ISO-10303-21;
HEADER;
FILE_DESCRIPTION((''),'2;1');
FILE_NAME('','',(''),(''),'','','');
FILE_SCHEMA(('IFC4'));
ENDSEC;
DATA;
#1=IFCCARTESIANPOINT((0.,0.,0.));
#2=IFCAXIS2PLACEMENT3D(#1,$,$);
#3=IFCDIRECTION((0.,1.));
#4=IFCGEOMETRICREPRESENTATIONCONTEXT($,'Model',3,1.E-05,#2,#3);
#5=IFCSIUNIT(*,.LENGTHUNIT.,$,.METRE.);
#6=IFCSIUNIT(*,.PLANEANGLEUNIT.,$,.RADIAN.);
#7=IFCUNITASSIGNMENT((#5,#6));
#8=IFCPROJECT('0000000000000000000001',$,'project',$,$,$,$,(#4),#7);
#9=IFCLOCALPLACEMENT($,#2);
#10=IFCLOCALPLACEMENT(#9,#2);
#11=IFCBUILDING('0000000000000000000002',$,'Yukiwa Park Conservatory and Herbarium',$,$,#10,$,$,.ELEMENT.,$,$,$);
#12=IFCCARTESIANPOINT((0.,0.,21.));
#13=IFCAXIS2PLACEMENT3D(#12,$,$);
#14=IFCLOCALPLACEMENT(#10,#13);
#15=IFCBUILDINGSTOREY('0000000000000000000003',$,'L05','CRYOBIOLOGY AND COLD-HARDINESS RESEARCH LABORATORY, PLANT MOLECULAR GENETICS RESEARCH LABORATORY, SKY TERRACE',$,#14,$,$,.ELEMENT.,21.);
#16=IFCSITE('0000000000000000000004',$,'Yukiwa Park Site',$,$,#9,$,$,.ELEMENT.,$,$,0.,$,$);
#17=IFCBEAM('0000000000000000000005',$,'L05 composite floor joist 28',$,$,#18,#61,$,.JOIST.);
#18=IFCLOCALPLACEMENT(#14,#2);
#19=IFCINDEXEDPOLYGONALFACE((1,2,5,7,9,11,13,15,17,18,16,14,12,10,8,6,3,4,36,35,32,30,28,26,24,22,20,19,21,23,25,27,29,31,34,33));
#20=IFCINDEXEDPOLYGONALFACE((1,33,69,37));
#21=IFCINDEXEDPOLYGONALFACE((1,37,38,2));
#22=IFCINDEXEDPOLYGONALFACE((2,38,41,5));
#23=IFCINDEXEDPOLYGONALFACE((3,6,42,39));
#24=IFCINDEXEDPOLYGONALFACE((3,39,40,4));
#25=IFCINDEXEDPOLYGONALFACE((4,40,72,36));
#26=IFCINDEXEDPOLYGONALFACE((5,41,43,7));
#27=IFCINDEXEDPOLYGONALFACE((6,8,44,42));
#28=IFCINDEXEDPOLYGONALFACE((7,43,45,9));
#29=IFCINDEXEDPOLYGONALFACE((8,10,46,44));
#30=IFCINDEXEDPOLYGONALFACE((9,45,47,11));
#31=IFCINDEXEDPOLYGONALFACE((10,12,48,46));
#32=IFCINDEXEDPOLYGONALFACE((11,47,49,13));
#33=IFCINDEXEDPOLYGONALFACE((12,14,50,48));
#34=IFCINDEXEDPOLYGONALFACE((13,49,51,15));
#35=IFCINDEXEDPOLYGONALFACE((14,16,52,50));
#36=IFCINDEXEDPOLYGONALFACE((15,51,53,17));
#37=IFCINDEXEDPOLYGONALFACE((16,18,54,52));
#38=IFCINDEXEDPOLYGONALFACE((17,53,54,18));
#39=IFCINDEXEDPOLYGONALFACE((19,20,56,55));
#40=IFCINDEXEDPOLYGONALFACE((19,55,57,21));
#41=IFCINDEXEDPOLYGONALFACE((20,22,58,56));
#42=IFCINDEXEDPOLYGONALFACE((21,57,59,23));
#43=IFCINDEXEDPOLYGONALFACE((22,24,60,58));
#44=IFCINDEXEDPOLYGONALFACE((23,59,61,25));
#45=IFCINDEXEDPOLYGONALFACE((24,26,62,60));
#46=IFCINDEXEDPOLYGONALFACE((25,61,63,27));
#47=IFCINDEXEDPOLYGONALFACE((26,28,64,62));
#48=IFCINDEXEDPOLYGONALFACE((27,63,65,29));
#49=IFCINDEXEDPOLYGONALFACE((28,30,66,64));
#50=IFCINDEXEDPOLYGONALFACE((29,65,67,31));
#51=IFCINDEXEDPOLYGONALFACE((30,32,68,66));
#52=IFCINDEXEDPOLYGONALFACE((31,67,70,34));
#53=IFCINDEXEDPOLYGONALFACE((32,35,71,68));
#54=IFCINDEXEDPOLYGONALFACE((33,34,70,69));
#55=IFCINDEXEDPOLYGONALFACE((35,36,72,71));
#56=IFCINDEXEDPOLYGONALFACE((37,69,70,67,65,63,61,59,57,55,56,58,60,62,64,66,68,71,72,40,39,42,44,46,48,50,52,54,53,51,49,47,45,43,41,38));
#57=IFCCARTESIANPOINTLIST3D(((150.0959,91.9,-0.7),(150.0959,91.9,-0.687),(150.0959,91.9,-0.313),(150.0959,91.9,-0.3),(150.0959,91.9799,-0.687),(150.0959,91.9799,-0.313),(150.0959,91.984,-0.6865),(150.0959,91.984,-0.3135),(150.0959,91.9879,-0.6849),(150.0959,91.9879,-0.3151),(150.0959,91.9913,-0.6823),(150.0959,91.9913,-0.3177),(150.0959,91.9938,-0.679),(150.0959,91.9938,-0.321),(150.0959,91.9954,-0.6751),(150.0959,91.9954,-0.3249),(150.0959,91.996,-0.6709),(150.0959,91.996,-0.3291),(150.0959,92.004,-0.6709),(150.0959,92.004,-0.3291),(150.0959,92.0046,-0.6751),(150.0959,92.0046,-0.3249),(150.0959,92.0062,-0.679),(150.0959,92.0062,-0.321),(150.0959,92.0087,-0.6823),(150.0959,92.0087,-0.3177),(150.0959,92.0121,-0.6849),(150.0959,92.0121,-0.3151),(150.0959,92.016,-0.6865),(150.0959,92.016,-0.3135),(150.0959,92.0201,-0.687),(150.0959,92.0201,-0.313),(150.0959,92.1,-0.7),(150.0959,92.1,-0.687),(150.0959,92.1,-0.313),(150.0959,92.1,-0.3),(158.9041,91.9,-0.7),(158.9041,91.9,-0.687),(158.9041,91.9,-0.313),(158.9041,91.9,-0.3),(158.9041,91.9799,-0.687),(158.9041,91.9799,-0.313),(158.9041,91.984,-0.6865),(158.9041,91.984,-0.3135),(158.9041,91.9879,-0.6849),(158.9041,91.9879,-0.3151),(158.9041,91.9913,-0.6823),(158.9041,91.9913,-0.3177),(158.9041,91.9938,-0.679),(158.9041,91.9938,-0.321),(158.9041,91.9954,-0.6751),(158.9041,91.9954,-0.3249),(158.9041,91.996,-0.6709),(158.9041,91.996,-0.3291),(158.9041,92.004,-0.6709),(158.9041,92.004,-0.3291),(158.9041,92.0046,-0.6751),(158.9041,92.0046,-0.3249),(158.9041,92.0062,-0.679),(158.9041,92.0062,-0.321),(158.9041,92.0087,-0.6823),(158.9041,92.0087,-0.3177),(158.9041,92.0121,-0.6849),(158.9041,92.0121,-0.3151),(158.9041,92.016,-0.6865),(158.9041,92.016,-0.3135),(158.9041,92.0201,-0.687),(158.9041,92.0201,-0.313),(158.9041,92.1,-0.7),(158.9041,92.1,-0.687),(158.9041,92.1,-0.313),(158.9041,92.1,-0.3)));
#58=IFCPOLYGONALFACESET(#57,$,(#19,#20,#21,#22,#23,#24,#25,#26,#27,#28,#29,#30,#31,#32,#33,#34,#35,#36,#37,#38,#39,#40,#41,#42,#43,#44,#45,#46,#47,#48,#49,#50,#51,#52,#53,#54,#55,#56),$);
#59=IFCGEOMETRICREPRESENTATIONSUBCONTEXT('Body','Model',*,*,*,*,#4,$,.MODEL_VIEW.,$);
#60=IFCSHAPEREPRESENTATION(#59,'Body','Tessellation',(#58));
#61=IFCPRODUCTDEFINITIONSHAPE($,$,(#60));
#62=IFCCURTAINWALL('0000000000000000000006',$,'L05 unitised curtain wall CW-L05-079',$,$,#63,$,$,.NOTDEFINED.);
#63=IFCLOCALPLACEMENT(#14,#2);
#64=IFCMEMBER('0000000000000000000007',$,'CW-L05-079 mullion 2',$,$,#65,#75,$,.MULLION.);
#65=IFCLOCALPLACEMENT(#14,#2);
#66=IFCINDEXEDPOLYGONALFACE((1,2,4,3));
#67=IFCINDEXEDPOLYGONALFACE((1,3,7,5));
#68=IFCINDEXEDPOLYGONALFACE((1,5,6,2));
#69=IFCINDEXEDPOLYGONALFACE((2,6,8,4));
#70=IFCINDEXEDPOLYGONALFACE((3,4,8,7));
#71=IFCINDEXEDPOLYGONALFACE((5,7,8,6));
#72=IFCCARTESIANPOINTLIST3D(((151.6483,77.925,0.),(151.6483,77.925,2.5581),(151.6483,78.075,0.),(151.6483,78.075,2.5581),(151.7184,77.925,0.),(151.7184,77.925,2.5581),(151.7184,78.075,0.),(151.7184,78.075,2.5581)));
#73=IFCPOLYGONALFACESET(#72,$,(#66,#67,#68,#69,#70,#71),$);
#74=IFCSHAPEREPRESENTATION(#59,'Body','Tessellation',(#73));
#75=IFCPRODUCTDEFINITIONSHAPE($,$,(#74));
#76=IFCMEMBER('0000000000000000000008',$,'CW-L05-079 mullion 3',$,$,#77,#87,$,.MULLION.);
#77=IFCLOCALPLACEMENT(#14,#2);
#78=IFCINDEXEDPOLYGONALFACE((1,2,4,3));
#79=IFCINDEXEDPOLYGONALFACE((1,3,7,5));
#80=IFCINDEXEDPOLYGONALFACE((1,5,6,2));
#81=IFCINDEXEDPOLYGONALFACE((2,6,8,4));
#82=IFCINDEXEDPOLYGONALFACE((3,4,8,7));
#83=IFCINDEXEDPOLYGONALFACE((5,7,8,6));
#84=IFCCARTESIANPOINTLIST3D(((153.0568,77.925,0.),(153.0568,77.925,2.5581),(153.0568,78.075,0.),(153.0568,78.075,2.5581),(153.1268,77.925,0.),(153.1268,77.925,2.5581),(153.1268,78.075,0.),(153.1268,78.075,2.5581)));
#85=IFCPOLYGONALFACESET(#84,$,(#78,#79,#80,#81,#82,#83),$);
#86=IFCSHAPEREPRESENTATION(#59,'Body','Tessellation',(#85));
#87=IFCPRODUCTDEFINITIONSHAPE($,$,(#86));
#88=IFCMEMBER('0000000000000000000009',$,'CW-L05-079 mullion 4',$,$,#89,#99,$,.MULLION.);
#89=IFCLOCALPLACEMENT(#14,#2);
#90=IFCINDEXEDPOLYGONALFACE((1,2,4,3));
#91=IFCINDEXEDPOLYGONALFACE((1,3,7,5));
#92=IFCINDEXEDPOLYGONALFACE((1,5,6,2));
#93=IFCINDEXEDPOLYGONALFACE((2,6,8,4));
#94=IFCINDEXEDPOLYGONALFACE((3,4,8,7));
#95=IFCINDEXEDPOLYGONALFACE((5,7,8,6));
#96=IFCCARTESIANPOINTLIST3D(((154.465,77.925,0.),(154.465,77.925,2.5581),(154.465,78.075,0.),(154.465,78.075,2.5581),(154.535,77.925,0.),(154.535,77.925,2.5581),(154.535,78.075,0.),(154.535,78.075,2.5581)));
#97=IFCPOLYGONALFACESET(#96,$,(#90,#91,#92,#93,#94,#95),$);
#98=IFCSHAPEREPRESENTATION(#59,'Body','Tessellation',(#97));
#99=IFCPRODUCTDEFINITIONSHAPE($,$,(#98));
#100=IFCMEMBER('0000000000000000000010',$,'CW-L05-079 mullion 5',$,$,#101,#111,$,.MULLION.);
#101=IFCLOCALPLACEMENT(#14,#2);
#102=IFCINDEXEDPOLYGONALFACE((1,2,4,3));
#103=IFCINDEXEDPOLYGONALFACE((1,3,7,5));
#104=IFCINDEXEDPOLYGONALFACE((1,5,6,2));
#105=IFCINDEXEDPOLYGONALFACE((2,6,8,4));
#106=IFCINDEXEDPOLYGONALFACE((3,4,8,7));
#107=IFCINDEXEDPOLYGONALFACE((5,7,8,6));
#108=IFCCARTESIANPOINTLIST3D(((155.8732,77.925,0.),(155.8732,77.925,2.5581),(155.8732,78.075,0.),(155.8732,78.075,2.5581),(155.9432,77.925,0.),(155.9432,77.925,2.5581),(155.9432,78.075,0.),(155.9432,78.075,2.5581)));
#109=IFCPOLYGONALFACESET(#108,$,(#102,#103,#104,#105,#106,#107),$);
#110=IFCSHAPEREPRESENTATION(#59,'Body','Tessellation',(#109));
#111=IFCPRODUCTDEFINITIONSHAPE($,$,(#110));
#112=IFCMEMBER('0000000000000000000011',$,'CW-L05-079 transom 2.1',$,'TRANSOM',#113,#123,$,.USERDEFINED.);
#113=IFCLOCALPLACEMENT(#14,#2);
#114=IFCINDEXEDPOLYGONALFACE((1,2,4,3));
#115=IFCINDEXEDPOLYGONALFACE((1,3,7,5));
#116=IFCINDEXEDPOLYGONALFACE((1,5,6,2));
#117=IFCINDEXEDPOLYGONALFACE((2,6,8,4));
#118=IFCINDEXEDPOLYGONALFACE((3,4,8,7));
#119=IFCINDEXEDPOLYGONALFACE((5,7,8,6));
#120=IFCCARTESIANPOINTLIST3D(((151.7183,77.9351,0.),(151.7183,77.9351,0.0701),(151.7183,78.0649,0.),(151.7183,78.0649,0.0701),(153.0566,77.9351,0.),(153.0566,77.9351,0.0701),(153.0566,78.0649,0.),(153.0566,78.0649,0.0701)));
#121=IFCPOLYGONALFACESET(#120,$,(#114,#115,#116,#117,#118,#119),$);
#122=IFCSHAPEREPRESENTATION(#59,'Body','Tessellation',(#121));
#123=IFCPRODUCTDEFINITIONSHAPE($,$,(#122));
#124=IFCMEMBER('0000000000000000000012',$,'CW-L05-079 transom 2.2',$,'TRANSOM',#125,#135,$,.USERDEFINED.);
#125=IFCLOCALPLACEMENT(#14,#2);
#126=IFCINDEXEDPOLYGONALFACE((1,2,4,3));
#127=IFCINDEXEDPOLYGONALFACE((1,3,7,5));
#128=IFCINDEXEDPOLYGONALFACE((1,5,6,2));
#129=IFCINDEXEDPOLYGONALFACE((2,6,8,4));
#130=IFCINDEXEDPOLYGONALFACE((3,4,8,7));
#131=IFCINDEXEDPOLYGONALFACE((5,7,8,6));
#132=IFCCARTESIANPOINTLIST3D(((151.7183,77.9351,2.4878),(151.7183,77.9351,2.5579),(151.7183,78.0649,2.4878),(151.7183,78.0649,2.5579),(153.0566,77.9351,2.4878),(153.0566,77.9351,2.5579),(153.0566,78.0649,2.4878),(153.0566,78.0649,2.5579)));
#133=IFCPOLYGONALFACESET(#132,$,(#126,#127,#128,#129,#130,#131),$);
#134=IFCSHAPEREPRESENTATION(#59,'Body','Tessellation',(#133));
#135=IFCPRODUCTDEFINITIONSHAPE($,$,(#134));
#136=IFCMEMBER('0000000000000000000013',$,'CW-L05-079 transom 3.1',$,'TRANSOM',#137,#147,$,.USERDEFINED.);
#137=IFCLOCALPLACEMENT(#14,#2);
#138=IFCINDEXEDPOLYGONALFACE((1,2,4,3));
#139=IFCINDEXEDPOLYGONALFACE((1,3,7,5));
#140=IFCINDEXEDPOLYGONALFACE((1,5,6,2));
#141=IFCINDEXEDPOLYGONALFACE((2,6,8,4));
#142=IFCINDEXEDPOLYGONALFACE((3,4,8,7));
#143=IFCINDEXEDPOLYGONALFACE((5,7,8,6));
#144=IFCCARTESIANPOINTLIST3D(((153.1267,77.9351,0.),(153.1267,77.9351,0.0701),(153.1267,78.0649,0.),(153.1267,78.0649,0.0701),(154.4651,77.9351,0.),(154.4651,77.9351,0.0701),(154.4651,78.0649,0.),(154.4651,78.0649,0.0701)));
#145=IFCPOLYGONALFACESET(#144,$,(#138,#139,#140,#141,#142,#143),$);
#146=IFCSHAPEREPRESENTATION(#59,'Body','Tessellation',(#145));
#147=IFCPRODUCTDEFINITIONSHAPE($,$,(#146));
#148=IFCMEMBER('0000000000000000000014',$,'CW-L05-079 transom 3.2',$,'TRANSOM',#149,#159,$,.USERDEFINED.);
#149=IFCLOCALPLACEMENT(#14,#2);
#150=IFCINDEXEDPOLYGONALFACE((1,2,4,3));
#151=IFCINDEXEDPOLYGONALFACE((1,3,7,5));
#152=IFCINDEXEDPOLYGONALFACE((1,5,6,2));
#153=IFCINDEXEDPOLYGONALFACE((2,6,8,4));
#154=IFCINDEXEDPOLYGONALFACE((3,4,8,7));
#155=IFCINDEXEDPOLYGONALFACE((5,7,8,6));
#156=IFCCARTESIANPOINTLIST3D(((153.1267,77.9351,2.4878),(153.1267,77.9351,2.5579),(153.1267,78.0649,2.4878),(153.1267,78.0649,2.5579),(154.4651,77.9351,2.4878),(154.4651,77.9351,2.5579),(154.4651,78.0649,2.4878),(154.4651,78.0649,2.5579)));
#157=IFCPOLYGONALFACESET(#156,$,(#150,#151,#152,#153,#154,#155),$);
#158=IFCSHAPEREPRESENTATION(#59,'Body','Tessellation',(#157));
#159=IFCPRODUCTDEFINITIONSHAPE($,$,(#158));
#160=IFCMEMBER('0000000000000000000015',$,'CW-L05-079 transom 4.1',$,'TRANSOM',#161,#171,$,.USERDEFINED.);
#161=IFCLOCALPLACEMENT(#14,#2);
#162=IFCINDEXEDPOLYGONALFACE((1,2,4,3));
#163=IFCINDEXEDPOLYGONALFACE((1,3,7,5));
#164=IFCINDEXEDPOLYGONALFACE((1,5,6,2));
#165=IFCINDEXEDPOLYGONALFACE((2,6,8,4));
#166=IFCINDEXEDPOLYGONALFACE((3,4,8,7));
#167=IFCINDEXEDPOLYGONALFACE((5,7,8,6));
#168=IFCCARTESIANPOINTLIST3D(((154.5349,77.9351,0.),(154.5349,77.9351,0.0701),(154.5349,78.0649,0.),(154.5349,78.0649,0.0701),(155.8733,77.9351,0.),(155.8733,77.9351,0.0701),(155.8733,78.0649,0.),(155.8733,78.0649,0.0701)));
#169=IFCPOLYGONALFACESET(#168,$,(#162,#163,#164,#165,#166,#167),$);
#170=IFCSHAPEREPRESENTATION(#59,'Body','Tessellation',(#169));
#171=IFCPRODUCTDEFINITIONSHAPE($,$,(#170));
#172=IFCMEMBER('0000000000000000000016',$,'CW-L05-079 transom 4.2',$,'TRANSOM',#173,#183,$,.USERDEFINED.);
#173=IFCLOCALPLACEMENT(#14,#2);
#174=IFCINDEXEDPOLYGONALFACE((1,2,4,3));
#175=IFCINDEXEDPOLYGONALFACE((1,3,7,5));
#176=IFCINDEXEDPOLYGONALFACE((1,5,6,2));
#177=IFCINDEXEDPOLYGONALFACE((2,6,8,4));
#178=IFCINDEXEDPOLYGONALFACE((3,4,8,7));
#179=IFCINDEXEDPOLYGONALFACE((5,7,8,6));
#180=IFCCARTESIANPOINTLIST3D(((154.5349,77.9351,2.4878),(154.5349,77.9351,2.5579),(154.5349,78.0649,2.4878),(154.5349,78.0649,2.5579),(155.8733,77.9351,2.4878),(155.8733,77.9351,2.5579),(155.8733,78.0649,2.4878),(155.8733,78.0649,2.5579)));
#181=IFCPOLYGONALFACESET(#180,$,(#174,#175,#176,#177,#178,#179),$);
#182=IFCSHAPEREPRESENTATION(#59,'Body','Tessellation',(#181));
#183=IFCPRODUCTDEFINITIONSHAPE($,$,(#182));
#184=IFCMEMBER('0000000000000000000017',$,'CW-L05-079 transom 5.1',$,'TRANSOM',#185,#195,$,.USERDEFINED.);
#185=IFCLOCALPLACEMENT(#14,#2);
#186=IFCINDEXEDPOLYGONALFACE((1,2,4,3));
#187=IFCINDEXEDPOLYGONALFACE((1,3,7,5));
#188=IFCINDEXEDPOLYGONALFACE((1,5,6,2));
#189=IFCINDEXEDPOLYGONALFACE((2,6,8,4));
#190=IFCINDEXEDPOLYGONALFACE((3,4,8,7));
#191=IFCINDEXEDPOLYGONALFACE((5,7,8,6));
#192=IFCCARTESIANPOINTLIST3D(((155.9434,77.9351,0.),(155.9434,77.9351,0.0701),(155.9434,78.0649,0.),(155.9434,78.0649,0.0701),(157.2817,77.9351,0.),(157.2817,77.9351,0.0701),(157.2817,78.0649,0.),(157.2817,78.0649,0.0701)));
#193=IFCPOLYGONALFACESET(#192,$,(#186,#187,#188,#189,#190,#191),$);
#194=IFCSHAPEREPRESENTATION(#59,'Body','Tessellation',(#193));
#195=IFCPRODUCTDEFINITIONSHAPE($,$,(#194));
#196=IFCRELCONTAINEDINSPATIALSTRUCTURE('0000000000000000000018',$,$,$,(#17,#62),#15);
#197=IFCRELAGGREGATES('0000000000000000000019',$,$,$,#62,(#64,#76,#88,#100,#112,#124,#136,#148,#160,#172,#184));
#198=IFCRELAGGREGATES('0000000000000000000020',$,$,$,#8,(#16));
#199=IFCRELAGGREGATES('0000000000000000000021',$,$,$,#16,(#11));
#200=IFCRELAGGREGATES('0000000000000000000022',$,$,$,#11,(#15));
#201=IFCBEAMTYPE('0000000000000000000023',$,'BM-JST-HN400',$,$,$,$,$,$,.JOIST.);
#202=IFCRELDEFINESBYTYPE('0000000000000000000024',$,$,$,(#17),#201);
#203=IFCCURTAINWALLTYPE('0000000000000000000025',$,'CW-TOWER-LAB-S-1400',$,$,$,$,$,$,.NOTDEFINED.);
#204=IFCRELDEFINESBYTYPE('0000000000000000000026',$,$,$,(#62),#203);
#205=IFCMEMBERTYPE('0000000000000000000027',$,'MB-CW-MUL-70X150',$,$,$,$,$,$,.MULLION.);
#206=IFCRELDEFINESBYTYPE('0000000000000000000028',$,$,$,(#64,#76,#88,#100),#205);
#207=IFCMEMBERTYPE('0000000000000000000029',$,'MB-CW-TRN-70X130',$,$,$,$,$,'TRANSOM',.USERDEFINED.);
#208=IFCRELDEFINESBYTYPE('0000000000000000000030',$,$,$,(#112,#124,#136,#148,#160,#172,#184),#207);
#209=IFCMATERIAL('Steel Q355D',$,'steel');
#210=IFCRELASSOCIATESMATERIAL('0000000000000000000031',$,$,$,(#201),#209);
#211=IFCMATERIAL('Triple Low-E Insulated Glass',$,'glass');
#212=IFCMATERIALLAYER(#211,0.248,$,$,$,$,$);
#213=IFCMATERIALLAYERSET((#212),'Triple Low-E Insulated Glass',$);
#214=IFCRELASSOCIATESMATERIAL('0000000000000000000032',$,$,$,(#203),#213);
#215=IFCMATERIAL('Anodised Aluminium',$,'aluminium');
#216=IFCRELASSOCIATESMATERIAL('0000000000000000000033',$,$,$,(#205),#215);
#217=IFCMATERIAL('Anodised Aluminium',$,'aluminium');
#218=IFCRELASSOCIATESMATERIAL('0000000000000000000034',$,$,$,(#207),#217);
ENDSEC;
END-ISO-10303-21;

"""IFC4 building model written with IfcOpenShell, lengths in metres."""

from ifc_helpers import new_model, si_unit, direction, frame, origin, origin_2d, place, context, subcontext, project, spatial, rectangle, i_section, extrude, material, layer, layer_set, material_profile, profile_set, type_object, element, aggregate, save


model = new_model("IFC4")

# Units and contexts
model_context = context("Model", 3, precision=1e-05, world=origin(), true_north=direction((0.0, 1.0)))
body_context = subcontext(model_context, "Body", "Model", "MODEL_VIEW")
ifc_project = project(units=[si_unit("LENGTHUNIT", "METRE"), si_unit("PLANEANGLEUNIT", "RADIAN")], contexts=[model_context])

# Site, building, storey
site_placement = place(None, origin())
site = spatial("IfcSite", under=ifc_project, at=site_placement, Name="Yukiwa Park Site", CompositionType="ELEMENT", RefElevation=0.0)
building_placement = place(site_placement, origin())
building = spatial("IfcBuilding", under=site, at=building_placement, Name="Yukiwa Park Conservatory and Herbarium", CompositionType="ELEMENT")
storey_placement = place(building_placement, frame((0.0, 0.0, 21.0)))
storey = spatial("IfcBuildingStorey", under=building, at=storey_placement, Name="L05", Description="CRYOBIOLOGY AND COLD-HARDINESS RESEARCH LABORATORY, PLANT MOLECULAR GENETICS RESEARCH LABORATORY, SKY TERRACE", CompositionType="ELEMENT", Elevation=21.0)

# Beam
ifc_material_1 = material(Name="Steel Q355D", Category="steel")
ifc_material_profile_1 = material_profile(ifc_material_1, i_section(OverallWidth=0.2, OverallDepth=0.3999, WebThickness=0.0081, FlangeThickness=0.0129, FilletRadius=0.0161, at=origin_2d()), Name="HN 400x200x8x13")
ifc_profile_set_1 = profile_set([ifc_material_profile_1], Name="Steel Q355D")
beam_type_1 = type_object("IfcBeamType", Name="BM-JST-HN400", PredefinedType="JOIST", material=ifc_profile_set_1)
for number, where, z_axis, x_axis, name in (
    (1, (150.0959, 92.0, -0.5), (1.0, 0.0, 0.0), (0.0, 1.0, 0.0), "L05 composite floor joist 28"),
):
    element("IfcBeam", number, at=place(storey_placement, frame(where, z_axis=z_axis, x_axis=x_axis)), inside=storey, type_object=beam_type_1, Name=name, PredefinedType="JOIST", context=body_context, shape_type="SweptSolid", body=[
        extrude(i_section(OverallWidth=0.2, OverallDepth=0.3999, WebThickness=0.0081, FlangeThickness=0.0129, FilletRadius=0.0161, at=origin_2d()), origin(), (0.0, 0.0, 1.0), 8.8081),
    ])

# Curtain wall, members
ifc_material_2 = material(Name="Triple Low-E Insulated Glass", Category="glass")
ifc_layer_1 = layer(ifc_material_2, 0.248)
ifc_layer_set_1 = layer_set([ifc_layer_1], Name="Triple Low-E Insulated Glass")
curtain_wall_type = type_object("IfcCurtainWallType", Name="CW-TOWER-LAB-S-1400", PredefinedType="NOTDEFINED", material=ifc_layer_set_1)
curtain_wall_placement = place(storey_placement, origin())
curtain_wall = element("IfcCurtainWall", 2, at=curtain_wall_placement, inside=storey, type_object=curtain_wall_type, Name="L05 unitised curtain wall CW-L05-079", PredefinedType="NOTDEFINED")
ifc_material_3 = material(Name="Anodised Aluminium", Category="aluminium")
member_type_1 = type_object("IfcMemberType", Name="MB-CW-MUL-70X150", PredefinedType="MULLION", material=ifc_material_3)
member_1_placement = place(storey_placement, frame((151.6833, 78.0, 0.0), z_axis=(0.0, 0.0, 1.0), x_axis=(1.0, 0.0, 0.0)))
member_1 = element("IfcMember", 3, at=member_1_placement, type_object=member_type_1, Name="CW-L05-079 mullion 2", PredefinedType="MULLION", context=body_context, shape_type="SweptSolid", body=[
    extrude(rectangle(XDim=0.0701, YDim=0.1499, at=origin_2d()), origin(), (0.0, 0.0, 1.0), 2.5581),
])
member_2_placement = place(storey_placement, frame((153.0918, 78.0, 0.0), z_axis=(0.0, 0.0, 1.0), x_axis=(1.0, 0.0, 0.0)))
member_2 = element("IfcMember", 4, at=member_2_placement, type_object=member_type_1, Name="CW-L05-079 mullion 3", PredefinedType="MULLION", context=body_context, shape_type="SweptSolid", body=[
    extrude(rectangle(XDim=0.0701, YDim=0.1499, at=origin_2d()), origin(), (0.0, 0.0, 1.0), 2.5581),
])
member_3_placement = place(storey_placement, frame((154.5, 78.0, 0.0), z_axis=(0.0, 0.0, 1.0), x_axis=(1.0, 0.0, 0.0)))
member_3 = element("IfcMember", 5, at=member_3_placement, type_object=member_type_1, Name="CW-L05-079 mullion 4", PredefinedType="MULLION", context=body_context, shape_type="SweptSolid", body=[
    extrude(rectangle(XDim=0.0701, YDim=0.1499, at=origin_2d()), origin(), (0.0, 0.0, 1.0), 2.5581),
])
member_4_placement = place(storey_placement, frame((155.9082, 78.0, 0.0), z_axis=(0.0, 0.0, 1.0), x_axis=(1.0, 0.0, 0.0)))
member_4 = element("IfcMember", 6, at=member_4_placement, type_object=member_type_1, Name="CW-L05-079 mullion 5", PredefinedType="MULLION", context=body_context, shape_type="SweptSolid", body=[
    extrude(rectangle(XDim=0.0701, YDim=0.1499, at=origin_2d()), origin(), (0.0, 0.0, 1.0), 2.5581),
])
ifc_material_4 = material(Name="Anodised Aluminium", Category="aluminium")
member_type_2 = type_object("IfcMemberType", Name="MB-CW-TRN-70X130", ElementType="TRANSOM", PredefinedType="USERDEFINED", material=ifc_material_4)
member_5_placement = place(storey_placement, frame((152.3875, 78.0, 0.0), z_axis=(0.0, 0.0, 1.0), x_axis=(1.0, 0.0, 0.0)))
member_5 = element("IfcMember", 7, at=member_5_placement, type_object=member_type_2, Name="CW-L05-079 transom 2.1", ObjectType="TRANSOM", PredefinedType="USERDEFINED", context=body_context, shape_type="SweptSolid", body=[
    extrude(rectangle(XDim=1.3384, YDim=0.1299, at=origin_2d()), origin(), (0.0, 0.0, 1.0), 0.0701),
])
member_6_placement = place(storey_placement, frame((152.3875, 78.0, 2.4878), z_axis=(0.0, 0.0, 1.0), x_axis=(1.0, 0.0, 0.0)))
member_6 = element("IfcMember", 8, at=member_6_placement, type_object=member_type_2, Name="CW-L05-079 transom 2.2", ObjectType="TRANSOM", PredefinedType="USERDEFINED", context=body_context, shape_type="SweptSolid", body=[
    extrude(rectangle(XDim=1.3384, YDim=0.1299, at=origin_2d()), origin(), (0.0, 0.0, 1.0), 0.0701),
])
member_7_placement = place(storey_placement, frame((153.7959, 78.0, 0.0), z_axis=(0.0, 0.0, 1.0), x_axis=(1.0, 0.0, 0.0)))
member_7 = element("IfcMember", 9, at=member_7_placement, type_object=member_type_2, Name="CW-L05-079 transom 3.1", ObjectType="TRANSOM", PredefinedType="USERDEFINED", context=body_context, shape_type="SweptSolid", body=[
    extrude(rectangle(XDim=1.3384, YDim=0.1299, at=origin_2d()), origin(), (0.0, 0.0, 1.0), 0.0701),
])
member_8_placement = place(storey_placement, frame((153.7959, 78.0, 2.4878), z_axis=(0.0, 0.0, 1.0), x_axis=(1.0, 0.0, 0.0)))
member_8 = element("IfcMember", 10, at=member_8_placement, type_object=member_type_2, Name="CW-L05-079 transom 3.2", ObjectType="TRANSOM", PredefinedType="USERDEFINED", context=body_context, shape_type="SweptSolid", body=[
    extrude(rectangle(XDim=1.3384, YDim=0.1299, at=origin_2d()), origin(), (0.0, 0.0, 1.0), 0.0701),
])
member_9_placement = place(storey_placement, frame((155.2041, 78.0, 0.0), z_axis=(0.0, 0.0, 1.0), x_axis=(1.0, 0.0, 0.0)))
member_9 = element("IfcMember", 11, at=member_9_placement, type_object=member_type_2, Name="CW-L05-079 transom 4.1", ObjectType="TRANSOM", PredefinedType="USERDEFINED", context=body_context, shape_type="SweptSolid", body=[
    extrude(rectangle(XDim=1.3384, YDim=0.1299, at=origin_2d()), origin(), (0.0, 0.0, 1.0), 0.0701),
])
member_10_placement = place(storey_placement, frame((155.2041, 78.0, 2.4878), z_axis=(0.0, 0.0, 1.0), x_axis=(1.0, 0.0, 0.0)))
member_10 = element("IfcMember", 12, at=member_10_placement, type_object=member_type_2, Name="CW-L05-079 transom 4.2", ObjectType="TRANSOM", PredefinedType="USERDEFINED", context=body_context, shape_type="SweptSolid", body=[
    extrude(rectangle(XDim=1.3384, YDim=0.1299, at=origin_2d()), origin(), (0.0, 0.0, 1.0), 0.0701),
])
member_11_placement = place(storey_placement, frame((156.6125, 78.0, 0.0), z_axis=(0.0, 0.0, 1.0), x_axis=(1.0, 0.0, 0.0)))
member_11 = element("IfcMember", 13, at=member_11_placement, type_object=member_type_2, Name="CW-L05-079 transom 5.1", ObjectType="TRANSOM", PredefinedType="USERDEFINED", context=body_context, shape_type="SweptSolid", body=[
    extrude(rectangle(XDim=1.3384, YDim=0.1299, at=origin_2d()), origin(), (0.0, 0.0, 1.0), 0.0701),
])
aggregate(curtain_wall, [member_1, member_2, member_3, member_4, member_5, member_6, member_7, member_8, member_9, member_10, member_11])

save(model, "model.ifc")
